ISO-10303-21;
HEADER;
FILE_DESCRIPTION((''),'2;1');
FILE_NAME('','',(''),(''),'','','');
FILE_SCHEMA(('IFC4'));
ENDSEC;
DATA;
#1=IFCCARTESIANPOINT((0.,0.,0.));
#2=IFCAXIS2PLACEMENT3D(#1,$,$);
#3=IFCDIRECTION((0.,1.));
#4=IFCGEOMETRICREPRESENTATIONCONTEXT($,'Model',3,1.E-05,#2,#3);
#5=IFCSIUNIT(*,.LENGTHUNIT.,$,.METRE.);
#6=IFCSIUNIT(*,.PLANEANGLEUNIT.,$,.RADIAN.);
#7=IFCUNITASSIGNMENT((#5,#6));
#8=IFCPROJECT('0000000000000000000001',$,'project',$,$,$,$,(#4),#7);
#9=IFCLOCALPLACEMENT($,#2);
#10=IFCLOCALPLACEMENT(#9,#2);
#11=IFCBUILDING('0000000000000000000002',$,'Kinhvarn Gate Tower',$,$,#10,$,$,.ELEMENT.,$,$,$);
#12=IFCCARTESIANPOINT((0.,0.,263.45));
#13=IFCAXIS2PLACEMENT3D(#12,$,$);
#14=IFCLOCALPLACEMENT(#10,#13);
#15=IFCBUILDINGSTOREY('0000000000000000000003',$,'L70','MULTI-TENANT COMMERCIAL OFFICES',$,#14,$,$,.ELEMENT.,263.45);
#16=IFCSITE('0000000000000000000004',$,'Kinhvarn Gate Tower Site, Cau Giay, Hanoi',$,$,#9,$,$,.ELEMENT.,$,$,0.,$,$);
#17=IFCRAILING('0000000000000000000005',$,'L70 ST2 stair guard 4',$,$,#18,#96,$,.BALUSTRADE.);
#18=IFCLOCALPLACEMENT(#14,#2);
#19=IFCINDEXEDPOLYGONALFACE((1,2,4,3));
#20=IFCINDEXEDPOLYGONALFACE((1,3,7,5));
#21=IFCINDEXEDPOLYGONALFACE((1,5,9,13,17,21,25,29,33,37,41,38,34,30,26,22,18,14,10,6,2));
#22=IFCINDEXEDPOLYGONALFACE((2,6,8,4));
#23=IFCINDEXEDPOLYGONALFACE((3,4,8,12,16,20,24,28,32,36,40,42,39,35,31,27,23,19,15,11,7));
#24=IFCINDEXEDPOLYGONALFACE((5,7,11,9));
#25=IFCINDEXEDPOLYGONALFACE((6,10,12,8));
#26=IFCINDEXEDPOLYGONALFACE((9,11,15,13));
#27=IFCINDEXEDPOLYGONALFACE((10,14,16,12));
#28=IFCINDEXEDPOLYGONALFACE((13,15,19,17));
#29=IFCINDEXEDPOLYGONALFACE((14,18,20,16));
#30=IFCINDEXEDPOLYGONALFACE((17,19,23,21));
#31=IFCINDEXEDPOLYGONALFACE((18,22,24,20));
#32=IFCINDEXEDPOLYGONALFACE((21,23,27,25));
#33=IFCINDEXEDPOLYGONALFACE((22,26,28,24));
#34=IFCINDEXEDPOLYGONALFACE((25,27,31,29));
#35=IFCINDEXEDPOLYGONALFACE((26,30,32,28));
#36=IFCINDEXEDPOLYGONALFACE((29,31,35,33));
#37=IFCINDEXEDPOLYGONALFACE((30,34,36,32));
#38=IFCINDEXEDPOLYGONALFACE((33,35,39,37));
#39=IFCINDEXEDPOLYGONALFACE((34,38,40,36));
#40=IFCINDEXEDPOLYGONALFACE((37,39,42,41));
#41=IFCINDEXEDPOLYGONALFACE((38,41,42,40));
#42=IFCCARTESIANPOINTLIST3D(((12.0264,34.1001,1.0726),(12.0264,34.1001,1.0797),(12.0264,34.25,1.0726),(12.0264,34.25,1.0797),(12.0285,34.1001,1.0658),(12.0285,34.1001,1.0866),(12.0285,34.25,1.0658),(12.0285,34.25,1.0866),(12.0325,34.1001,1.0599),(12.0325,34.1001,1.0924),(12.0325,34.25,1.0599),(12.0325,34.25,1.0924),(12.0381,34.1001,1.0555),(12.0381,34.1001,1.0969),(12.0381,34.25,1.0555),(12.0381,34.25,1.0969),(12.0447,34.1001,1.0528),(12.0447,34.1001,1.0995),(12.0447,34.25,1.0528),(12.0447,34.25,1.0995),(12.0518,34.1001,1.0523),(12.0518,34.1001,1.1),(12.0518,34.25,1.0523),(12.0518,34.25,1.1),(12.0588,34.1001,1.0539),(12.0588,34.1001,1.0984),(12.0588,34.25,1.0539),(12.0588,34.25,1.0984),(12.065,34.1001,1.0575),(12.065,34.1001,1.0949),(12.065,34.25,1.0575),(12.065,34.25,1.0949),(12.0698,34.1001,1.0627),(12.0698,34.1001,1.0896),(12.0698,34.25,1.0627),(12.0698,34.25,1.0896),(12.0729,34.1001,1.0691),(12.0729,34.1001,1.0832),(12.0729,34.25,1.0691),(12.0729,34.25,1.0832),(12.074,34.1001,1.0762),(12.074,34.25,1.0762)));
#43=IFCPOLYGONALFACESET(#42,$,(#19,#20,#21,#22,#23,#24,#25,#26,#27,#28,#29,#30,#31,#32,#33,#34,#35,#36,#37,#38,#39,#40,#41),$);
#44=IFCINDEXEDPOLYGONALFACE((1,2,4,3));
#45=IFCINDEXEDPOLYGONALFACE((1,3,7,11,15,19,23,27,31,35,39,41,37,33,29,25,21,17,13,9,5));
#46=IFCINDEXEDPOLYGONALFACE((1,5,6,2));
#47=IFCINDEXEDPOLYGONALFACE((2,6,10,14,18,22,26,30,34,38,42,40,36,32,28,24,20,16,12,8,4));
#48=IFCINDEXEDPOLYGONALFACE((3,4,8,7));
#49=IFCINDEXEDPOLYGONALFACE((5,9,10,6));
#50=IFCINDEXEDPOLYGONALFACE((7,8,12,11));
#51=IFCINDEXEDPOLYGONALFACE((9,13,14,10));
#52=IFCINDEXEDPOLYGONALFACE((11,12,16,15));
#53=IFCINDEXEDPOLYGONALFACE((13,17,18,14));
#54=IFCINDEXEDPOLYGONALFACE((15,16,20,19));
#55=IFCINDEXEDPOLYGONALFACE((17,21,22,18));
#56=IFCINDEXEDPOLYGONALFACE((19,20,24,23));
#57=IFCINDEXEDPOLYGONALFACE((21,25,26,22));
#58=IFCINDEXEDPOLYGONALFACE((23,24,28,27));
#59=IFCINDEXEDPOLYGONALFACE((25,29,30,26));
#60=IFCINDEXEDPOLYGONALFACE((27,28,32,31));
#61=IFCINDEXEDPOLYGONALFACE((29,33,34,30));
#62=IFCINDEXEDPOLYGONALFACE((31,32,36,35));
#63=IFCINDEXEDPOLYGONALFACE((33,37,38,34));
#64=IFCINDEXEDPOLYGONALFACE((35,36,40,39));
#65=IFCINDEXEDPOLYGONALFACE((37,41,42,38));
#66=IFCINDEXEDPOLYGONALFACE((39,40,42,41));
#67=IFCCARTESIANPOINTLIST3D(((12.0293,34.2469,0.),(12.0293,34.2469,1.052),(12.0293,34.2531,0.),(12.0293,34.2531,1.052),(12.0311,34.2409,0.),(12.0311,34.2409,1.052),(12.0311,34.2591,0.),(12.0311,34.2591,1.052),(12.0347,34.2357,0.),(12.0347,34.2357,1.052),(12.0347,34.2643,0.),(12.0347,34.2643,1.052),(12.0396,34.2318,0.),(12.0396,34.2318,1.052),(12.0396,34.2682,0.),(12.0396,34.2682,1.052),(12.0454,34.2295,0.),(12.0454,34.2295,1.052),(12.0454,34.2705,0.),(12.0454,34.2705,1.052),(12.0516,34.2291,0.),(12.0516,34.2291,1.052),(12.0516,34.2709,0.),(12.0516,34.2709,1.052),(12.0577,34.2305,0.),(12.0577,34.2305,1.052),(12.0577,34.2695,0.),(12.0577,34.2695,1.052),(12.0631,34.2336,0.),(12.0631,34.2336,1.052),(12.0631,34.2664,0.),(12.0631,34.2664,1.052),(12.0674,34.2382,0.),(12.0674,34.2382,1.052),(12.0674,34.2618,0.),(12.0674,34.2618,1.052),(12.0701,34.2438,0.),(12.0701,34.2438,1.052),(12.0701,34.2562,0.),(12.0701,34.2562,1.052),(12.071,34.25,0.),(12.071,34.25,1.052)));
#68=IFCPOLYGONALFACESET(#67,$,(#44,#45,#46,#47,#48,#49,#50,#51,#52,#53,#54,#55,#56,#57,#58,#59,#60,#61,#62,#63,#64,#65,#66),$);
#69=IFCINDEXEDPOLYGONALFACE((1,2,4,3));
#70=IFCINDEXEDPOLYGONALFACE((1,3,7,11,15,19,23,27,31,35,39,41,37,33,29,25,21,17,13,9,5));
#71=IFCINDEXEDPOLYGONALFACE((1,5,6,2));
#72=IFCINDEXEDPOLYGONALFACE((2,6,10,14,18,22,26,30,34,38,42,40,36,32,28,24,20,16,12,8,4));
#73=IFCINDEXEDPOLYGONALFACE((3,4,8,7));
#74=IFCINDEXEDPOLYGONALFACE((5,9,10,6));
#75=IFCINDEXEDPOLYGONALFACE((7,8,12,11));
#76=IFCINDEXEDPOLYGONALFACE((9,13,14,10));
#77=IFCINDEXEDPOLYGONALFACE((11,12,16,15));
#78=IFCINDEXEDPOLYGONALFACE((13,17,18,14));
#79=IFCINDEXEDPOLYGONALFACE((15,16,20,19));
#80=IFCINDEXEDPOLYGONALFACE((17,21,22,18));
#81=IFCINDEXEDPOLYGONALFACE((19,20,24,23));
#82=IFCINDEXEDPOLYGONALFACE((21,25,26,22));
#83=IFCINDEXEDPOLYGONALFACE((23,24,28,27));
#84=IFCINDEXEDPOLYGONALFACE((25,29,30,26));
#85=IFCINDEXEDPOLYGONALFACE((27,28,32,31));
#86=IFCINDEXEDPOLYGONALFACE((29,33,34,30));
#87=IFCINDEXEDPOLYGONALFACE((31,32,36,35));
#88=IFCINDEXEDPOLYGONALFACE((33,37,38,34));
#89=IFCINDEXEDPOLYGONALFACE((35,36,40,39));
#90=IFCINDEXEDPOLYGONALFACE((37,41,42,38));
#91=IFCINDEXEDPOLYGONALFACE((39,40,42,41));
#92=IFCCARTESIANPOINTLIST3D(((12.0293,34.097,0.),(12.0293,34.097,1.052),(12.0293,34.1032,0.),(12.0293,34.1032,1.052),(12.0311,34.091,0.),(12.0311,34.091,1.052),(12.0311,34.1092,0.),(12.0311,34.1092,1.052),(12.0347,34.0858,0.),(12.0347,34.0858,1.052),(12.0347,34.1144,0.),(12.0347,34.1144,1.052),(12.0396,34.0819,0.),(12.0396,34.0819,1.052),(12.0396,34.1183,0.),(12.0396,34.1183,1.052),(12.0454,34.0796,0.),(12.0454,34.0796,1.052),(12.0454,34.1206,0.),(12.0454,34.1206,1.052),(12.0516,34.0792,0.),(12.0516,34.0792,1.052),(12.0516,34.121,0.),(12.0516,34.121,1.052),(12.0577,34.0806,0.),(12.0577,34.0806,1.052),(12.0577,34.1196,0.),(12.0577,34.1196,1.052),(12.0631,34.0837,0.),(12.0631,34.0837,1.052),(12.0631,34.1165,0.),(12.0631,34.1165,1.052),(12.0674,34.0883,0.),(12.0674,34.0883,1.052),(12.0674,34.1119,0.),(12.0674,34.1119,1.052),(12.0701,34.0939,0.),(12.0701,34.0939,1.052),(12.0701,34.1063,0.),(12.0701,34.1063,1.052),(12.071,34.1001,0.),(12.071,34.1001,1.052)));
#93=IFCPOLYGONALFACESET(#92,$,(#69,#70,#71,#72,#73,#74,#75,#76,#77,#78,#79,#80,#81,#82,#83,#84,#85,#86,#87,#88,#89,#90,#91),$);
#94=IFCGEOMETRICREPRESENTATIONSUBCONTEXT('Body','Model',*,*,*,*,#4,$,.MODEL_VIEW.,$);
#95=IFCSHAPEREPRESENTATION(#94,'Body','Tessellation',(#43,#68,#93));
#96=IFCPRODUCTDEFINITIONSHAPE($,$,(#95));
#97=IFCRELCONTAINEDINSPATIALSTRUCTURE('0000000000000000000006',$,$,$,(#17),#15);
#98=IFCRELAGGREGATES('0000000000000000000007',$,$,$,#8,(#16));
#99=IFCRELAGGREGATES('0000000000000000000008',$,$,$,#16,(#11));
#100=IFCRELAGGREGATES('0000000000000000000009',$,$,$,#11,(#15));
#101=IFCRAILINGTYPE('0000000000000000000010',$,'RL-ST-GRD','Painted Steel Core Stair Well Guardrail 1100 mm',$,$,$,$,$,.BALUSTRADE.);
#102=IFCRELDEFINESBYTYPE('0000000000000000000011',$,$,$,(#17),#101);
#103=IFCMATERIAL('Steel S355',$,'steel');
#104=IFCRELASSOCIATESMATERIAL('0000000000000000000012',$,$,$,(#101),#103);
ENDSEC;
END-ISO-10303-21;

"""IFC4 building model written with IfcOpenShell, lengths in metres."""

from ifc_helpers import new_model, si_unit, direction, frame, origin, origin_2d, place, context, subcontext, project, spatial, circle, extrude, material, type_object, element, save


model = new_model("IFC4")

# Units and contexts
model_context = context("Model", 3, precision=1e-05, world=origin(), true_north=direction((0.0, 1.0)))
body_context = subcontext(model_context, "Body", "Model", "MODEL_VIEW")
ifc_project = project(units=[si_unit("LENGTHUNIT", "METRE"), si_unit("PLANEANGLEUNIT", "RADIAN")], contexts=[model_context])

# Site, building, storey
site_placement = place(None, origin())
site = spatial("IfcSite", under=ifc_project, at=site_placement, Name="Kinhvarn Gate Tower Site, Cau Giay, Hanoi", CompositionType="ELEMENT", RefElevation=0.0)
building_placement = place(site_placement, origin())
building = spatial("IfcBuilding", under=site, at=building_placement, Name="Kinhvarn Gate Tower", CompositionType="ELEMENT")
storey_placement = place(building_placement, frame((0.0, 0.0, 263.45)))
storey = spatial("IfcBuildingStorey", under=building, at=storey_placement, Name="L70", Description="MULTI-TENANT COMMERCIAL OFFICES", CompositionType="ELEMENT", Elevation=263.45)

# Railing
ifc_material_1 = material(Name="Steel S355", Category="steel")
railing_type_1 = type_object("IfcRailingType", Name="RL-ST-GRD", Description="Painted Steel Core Stair Well Guardrail 1100 mm", PredefinedType="BALUSTRADE", material=ifc_material_1)
railing_1_placement = place(storey_placement, frame((12.05, 34.25, 0.0)))
element("IfcRailing", 1, at=railing_1_placement, inside=storey, type_object=railing_type_1, Name="L70 ST2 stair guard 4", PredefinedType="BALUSTRADE", context=body_context, shape_type="SweptSolid", body=[
    extrude(circle(Radius=0.0239, at=origin_2d()), frame((0.0, 0.0, 1.0762), z_axis=(0.0, -1.0, 0.0), x_axis=(1.0, 0.0, 0.0)), (0.0, 0.0, 1.0), 0.1499),
    extrude(circle(Radius=0.021, at=origin_2d()), origin(), (0.0, 0.0, 1.0), 1.052),
    extrude(circle(Radius=0.021, at=origin_2d()), frame((0.0, -0.1499, 0.0)), (0.0, 0.0, 1.0), 1.052),
])

save(model, "model.ifc")
